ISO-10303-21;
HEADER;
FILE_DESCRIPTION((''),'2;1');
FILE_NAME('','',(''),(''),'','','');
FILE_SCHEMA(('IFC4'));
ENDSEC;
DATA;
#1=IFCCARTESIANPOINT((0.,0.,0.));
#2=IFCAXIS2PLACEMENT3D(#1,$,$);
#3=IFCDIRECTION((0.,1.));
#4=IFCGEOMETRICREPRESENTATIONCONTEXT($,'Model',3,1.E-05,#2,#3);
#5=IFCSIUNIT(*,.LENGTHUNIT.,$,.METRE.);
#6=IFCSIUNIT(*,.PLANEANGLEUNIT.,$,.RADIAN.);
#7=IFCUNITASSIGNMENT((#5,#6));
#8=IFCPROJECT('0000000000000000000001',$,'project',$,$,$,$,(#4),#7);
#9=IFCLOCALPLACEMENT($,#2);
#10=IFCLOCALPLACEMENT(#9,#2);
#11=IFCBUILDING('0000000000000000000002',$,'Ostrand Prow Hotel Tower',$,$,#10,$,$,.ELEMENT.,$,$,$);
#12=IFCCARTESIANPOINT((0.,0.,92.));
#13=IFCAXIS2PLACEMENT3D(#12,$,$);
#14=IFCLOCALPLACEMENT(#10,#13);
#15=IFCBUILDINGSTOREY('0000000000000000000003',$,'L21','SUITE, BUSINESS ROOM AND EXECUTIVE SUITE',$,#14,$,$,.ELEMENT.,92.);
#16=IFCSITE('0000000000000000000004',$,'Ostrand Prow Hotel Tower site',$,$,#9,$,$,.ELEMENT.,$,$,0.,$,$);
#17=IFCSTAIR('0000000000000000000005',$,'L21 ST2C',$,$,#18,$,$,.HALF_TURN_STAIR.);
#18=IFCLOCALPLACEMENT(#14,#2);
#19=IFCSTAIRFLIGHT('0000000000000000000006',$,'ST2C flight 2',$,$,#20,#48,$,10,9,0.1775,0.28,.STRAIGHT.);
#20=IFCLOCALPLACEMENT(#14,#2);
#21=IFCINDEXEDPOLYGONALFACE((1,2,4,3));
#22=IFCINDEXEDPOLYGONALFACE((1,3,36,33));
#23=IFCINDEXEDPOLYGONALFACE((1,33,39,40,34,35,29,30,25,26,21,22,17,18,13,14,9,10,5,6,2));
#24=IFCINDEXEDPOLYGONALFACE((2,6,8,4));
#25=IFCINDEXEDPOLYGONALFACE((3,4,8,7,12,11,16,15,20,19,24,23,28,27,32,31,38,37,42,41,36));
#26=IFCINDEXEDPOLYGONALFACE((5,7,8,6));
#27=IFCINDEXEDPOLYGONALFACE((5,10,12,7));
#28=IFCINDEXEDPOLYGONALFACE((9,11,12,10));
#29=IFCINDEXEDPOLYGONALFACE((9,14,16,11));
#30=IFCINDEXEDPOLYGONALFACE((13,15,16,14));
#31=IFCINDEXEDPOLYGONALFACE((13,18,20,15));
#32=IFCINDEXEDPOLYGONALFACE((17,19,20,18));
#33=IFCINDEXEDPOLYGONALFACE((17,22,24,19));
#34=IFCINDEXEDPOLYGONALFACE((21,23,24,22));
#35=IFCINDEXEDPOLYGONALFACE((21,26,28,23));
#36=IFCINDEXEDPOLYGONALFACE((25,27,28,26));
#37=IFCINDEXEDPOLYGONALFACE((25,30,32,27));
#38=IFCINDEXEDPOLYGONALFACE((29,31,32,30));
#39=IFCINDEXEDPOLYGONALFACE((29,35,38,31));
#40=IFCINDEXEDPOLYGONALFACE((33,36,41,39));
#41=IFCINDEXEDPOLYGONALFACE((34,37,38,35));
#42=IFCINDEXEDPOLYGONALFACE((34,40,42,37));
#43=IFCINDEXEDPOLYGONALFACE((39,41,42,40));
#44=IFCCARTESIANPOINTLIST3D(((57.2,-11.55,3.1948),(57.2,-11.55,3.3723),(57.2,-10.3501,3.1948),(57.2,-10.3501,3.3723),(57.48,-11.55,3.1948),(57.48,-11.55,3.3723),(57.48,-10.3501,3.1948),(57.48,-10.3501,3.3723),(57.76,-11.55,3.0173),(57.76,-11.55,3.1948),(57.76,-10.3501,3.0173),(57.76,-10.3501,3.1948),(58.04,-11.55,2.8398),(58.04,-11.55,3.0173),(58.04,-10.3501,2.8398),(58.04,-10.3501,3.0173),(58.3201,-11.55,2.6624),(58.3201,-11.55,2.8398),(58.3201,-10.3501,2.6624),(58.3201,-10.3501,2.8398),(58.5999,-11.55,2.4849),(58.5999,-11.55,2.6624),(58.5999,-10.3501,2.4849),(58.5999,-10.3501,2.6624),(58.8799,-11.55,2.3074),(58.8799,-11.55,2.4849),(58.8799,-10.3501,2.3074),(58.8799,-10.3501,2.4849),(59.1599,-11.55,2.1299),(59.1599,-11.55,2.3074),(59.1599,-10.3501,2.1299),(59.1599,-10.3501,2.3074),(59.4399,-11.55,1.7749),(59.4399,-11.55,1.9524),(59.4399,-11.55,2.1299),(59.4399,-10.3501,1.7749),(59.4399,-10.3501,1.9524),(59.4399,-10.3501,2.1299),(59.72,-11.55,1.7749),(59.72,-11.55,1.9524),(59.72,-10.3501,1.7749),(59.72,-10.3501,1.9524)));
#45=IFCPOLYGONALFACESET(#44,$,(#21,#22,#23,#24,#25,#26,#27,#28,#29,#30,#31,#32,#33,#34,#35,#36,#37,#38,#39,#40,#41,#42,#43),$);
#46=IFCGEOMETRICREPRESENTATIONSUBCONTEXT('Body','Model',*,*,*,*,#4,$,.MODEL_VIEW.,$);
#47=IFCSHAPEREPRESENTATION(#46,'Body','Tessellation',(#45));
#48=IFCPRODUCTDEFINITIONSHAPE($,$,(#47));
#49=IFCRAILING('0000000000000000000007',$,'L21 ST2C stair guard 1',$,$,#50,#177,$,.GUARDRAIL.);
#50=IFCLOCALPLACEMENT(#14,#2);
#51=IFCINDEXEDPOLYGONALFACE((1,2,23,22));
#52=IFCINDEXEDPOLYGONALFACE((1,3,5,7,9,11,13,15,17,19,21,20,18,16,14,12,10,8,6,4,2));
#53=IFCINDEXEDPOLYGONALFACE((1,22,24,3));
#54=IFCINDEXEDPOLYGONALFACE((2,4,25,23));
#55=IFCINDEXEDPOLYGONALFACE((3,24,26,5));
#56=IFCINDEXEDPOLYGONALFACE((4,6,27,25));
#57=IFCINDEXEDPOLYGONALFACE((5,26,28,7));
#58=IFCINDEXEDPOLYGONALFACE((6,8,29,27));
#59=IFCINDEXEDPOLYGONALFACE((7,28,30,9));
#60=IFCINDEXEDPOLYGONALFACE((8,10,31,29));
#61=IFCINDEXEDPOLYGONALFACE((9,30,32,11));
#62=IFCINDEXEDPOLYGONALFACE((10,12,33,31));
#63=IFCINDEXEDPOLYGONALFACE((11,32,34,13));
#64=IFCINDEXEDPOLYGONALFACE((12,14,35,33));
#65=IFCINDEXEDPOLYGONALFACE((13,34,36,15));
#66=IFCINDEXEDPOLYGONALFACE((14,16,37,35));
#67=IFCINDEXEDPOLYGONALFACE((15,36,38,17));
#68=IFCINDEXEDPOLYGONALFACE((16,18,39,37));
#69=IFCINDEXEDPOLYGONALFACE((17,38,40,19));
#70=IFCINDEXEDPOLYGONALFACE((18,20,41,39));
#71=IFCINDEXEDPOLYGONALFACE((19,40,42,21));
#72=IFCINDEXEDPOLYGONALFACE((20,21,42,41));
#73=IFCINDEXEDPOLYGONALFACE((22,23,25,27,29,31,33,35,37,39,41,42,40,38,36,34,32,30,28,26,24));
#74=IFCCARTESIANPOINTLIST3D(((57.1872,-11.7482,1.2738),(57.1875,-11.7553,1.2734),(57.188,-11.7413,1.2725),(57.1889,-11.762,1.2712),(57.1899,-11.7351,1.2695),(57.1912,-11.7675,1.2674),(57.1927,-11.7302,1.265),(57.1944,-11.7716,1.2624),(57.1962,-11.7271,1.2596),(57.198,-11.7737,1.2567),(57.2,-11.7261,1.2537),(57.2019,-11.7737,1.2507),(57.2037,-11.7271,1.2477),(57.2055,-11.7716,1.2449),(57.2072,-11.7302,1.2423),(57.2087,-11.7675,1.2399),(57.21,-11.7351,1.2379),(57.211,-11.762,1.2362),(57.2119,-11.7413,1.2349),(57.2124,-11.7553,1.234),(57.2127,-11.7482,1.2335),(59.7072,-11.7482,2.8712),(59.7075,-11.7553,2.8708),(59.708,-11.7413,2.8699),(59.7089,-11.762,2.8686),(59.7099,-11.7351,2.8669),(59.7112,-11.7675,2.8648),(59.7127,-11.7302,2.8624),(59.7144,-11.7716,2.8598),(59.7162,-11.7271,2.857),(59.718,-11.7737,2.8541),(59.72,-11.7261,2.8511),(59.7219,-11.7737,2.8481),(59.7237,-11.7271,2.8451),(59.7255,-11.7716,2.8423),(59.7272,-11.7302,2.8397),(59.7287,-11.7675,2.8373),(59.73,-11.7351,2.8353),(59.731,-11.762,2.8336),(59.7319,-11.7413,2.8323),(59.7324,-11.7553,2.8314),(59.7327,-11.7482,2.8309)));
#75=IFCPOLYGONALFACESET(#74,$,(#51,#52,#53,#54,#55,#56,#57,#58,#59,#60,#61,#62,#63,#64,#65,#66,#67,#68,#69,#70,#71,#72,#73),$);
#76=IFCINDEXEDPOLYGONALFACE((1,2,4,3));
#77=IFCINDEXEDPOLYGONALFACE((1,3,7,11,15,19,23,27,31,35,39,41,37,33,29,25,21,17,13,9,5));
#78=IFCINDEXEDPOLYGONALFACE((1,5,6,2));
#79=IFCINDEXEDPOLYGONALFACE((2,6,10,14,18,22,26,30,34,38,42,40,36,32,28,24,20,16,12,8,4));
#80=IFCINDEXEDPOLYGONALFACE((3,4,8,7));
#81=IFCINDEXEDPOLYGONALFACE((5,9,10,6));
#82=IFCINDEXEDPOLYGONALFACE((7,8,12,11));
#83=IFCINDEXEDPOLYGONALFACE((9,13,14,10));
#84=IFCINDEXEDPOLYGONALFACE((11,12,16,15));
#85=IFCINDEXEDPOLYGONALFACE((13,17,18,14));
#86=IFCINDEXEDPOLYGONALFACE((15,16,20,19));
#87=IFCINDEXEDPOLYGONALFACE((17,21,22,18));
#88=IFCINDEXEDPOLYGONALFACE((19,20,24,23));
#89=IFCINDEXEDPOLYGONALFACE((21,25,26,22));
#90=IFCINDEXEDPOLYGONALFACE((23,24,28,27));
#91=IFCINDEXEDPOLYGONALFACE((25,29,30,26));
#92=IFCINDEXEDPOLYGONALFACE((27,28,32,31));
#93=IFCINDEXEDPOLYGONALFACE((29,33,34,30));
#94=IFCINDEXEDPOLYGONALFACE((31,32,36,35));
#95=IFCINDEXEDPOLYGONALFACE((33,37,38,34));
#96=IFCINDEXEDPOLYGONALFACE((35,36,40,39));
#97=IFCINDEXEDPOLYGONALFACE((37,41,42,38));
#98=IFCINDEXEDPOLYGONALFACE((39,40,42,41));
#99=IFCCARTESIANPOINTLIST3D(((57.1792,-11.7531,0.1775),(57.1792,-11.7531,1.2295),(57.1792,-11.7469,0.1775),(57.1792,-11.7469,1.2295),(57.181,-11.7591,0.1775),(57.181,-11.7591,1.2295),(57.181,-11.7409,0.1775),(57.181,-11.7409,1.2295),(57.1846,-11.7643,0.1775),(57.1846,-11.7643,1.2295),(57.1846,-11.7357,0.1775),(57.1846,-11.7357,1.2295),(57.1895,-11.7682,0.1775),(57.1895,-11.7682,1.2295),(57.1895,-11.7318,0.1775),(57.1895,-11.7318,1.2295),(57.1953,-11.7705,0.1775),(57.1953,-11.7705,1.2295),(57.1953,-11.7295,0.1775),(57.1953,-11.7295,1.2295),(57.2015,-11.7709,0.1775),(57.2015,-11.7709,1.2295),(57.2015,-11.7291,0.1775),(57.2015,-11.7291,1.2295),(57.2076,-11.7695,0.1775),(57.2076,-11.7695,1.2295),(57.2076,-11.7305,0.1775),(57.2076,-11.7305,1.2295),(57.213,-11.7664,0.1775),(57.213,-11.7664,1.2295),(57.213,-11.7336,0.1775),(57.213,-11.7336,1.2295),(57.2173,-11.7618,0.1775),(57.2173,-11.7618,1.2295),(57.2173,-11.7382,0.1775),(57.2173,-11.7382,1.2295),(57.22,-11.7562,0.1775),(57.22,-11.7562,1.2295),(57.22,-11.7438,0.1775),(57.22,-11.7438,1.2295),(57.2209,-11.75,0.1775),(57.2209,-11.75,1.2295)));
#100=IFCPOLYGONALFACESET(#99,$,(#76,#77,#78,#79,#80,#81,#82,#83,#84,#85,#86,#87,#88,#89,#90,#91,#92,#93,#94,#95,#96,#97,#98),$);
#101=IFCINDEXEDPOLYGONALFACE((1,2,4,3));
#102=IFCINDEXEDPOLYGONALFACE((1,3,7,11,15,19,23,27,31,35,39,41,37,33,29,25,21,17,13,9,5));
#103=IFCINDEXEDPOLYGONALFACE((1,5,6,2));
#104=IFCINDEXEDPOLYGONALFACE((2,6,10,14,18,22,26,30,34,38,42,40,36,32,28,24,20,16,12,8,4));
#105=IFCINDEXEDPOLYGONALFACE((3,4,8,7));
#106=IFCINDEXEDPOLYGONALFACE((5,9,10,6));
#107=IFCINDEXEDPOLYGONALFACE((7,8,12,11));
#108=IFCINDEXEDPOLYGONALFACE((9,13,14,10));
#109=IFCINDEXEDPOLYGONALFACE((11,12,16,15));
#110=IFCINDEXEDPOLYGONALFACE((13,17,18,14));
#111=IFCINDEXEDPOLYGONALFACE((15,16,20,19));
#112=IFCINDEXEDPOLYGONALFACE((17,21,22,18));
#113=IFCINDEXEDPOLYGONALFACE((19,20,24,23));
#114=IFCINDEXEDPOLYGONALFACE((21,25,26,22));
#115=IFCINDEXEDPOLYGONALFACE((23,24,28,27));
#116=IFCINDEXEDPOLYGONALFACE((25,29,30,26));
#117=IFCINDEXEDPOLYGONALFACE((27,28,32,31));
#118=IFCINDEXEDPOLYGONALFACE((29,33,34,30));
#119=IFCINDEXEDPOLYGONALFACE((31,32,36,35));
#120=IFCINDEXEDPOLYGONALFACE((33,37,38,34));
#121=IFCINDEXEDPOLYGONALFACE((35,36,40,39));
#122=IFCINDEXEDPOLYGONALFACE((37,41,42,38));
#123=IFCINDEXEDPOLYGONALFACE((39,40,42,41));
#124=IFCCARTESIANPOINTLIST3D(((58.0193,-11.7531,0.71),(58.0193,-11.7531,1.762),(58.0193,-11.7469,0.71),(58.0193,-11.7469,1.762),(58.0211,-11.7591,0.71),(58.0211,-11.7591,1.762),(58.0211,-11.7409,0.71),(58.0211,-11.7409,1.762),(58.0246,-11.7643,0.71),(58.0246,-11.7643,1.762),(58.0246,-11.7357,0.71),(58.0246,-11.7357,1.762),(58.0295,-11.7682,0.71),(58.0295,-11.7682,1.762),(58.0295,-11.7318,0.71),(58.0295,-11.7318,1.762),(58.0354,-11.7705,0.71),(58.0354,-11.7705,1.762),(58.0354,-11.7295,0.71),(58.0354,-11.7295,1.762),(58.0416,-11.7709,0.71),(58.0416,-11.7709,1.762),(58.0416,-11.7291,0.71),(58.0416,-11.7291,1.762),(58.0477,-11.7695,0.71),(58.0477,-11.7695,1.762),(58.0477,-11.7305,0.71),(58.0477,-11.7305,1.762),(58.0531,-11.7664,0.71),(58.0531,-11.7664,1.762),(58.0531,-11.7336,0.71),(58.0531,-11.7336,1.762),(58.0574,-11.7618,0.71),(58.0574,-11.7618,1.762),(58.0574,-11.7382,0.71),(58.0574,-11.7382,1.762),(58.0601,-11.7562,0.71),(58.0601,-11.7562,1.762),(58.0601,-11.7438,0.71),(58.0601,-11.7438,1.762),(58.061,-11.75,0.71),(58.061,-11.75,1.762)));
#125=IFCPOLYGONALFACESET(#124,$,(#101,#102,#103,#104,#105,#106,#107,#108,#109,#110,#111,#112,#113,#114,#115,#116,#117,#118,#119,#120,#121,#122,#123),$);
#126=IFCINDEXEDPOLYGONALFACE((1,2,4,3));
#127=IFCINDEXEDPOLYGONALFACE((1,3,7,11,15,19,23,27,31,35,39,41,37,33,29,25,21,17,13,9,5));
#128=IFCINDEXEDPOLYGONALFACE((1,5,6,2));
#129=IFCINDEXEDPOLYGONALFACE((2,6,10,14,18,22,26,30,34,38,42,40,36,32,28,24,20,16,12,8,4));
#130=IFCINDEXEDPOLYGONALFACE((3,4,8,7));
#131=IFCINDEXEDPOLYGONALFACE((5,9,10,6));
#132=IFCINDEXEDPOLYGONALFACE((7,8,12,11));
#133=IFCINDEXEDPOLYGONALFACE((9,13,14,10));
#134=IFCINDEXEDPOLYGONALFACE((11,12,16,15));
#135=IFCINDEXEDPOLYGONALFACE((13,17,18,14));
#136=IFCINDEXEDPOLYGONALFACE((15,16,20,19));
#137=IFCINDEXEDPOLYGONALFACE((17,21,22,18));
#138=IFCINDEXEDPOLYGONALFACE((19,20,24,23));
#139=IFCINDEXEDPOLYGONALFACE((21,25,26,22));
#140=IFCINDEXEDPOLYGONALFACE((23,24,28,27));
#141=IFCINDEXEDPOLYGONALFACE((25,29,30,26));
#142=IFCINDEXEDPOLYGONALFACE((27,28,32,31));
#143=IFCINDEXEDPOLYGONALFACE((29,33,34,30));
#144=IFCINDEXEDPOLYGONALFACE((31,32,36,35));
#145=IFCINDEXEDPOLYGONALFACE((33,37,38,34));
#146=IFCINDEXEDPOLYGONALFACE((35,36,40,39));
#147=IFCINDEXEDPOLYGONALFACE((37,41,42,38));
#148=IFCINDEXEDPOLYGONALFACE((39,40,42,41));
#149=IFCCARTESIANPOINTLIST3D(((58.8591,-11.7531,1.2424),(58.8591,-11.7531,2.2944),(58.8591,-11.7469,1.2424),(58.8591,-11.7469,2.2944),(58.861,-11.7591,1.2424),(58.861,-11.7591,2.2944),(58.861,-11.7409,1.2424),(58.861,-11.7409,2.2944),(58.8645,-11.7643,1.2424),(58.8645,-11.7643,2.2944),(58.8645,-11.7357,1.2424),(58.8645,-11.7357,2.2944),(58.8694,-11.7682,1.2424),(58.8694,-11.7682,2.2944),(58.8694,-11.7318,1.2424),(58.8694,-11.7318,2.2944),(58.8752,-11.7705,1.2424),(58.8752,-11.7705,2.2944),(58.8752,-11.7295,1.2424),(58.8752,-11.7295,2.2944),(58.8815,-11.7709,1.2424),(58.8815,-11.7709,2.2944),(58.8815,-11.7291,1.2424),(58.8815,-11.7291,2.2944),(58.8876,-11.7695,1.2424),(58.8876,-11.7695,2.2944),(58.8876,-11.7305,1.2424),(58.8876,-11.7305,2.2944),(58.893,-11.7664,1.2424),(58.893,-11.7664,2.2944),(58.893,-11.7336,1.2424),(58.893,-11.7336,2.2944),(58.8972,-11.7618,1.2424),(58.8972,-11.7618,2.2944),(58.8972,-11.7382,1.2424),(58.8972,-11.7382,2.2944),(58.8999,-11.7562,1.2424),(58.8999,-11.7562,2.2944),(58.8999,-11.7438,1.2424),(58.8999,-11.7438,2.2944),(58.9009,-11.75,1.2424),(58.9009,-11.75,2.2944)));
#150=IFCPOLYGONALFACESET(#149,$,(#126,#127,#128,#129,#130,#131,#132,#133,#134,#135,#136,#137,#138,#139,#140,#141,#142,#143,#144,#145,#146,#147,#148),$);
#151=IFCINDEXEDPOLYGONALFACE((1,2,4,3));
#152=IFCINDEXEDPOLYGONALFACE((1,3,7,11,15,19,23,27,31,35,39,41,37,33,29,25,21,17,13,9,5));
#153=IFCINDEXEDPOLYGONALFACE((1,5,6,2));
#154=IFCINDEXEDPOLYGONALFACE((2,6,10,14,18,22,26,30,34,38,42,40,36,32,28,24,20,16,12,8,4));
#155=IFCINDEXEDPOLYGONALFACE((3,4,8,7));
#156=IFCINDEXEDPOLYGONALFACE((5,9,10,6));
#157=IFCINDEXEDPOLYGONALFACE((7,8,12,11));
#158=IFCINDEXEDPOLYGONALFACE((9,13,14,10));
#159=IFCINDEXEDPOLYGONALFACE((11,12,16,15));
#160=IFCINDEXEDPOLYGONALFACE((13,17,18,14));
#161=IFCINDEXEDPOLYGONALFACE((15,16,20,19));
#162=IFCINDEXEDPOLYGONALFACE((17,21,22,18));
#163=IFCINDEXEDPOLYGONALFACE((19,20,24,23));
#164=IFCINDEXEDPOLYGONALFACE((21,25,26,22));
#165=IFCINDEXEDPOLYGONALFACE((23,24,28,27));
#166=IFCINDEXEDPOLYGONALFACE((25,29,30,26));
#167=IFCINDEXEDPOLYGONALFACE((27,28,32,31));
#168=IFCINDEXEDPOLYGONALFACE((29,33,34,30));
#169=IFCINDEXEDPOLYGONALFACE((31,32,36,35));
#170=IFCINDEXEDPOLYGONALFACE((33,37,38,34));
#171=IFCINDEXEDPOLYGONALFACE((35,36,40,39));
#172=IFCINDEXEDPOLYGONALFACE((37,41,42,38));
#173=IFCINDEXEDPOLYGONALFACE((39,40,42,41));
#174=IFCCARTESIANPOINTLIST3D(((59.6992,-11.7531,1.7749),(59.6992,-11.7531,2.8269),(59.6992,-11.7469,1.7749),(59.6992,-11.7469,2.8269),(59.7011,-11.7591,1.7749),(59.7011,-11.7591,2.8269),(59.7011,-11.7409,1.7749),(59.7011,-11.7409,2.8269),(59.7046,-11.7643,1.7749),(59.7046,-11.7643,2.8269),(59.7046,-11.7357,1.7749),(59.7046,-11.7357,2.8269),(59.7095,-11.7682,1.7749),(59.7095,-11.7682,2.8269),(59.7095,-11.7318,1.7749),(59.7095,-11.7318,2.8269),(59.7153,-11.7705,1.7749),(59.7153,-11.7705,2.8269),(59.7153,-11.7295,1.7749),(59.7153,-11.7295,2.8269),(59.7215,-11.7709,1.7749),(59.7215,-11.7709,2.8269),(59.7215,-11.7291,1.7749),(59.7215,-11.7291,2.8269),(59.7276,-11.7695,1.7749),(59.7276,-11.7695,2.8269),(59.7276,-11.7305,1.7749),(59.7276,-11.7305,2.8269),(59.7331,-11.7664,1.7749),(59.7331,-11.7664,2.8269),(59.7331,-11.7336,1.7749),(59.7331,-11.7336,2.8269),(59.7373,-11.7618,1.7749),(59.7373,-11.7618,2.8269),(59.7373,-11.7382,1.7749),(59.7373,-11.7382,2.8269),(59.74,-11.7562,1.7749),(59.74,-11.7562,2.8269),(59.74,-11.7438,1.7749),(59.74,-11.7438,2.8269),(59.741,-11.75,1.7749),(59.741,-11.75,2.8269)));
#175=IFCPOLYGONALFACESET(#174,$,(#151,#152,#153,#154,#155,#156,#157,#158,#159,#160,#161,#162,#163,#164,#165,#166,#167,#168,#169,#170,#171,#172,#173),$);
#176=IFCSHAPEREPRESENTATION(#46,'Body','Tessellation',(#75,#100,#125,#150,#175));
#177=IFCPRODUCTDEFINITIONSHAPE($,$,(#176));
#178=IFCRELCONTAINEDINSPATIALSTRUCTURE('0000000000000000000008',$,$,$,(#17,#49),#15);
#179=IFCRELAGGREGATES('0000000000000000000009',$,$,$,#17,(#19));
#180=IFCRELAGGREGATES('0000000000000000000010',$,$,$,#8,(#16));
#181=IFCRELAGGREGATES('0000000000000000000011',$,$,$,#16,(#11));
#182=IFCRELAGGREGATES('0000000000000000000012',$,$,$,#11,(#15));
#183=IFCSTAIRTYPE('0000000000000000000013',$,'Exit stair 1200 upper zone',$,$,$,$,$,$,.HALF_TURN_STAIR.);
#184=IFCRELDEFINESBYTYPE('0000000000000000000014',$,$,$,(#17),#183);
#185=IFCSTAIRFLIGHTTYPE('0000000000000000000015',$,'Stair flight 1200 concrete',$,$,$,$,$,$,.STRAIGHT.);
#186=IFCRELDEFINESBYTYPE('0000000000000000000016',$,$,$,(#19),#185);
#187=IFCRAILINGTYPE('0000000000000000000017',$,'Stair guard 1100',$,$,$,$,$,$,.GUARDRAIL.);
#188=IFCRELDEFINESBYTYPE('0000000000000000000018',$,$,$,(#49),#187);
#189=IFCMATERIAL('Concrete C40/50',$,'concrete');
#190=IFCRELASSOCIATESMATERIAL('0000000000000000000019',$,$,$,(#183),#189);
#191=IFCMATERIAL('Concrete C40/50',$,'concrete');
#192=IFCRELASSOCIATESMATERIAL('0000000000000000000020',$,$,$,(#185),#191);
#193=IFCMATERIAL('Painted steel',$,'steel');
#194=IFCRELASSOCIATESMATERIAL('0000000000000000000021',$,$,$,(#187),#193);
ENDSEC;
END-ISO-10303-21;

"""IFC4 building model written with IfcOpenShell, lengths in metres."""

from ifc_helpers import new_model, si_unit, direction, frame, origin, origin_2d, place, context, subcontext, project, spatial, polyline, circle, outline, extrude, material, type_object, element, aggregate, save


model = new_model("IFC4")

# Units and contexts
model_context = context("Model", 3, precision=1e-05, world=origin(), true_north=direction((0.0, 1.0)))
body_context = subcontext(model_context, "Body", "Model", "MODEL_VIEW")
ifc_project = project(units=[si_unit("LENGTHUNIT", "METRE"), si_unit("PLANEANGLEUNIT", "RADIAN")], contexts=[model_context])

# Site, building, storey
site_placement = place(None, origin())
site = spatial("IfcSite", under=ifc_project, at=site_placement, Name="Ostrand Prow Hotel Tower site", CompositionType="ELEMENT", RefElevation=0.0)
building_placement = place(site_placement, origin())
building = spatial("IfcBuilding", under=site, at=building_placement, Name="Ostrand Prow Hotel Tower", CompositionType="ELEMENT")
storey_placement = place(building_placement, frame((0.0, 0.0, 92.0)))
storey = spatial("IfcBuildingStorey", under=building, at=storey_placement, Name="L21", Description="SUITE, BUSINESS ROOM AND EXECUTIVE SUITE", CompositionType="ELEMENT", Elevation=92.0)

# Stair, stair flight
ifc_material_1 = material(Name="Concrete C40/50", Category="concrete")
stair_type = type_object("IfcStairType", Name="Exit stair 1200 upper zone", PredefinedType="HALF_TURN_STAIR", material=ifc_material_1)
stair_placement = place(storey_placement, origin())
stair = element("IfcStair", 1, at=stair_placement, inside=storey, type_object=stair_type, Name="L21 ST2C", PredefinedType="HALF_TURN_STAIR")
ifc_material_2 = material(Name="Concrete C40/50", Category="concrete")
stair_flight_type = type_object("IfcStairFlightType", Name="Stair flight 1200 concrete", PredefinedType="STRAIGHT", material=ifc_material_2)
stair_flight_1_placement = place(storey_placement, frame((59.72, -10.95, 1.7749), z_axis=(0.0, 0.0, 1.0), x_axis=(-1.0, 0.0, 0.0)))
stair_flight_1 = element("IfcStairFlight", 2, at=stair_flight_1_placement, type_object=stair_flight_type, Name="ST2C flight 2", NumberOfRisers=10, NumberOfTreads=9, PredefinedType="STRAIGHT", RiserHeight=0.1775, TreadLength=0.28, context=body_context, shape_type="SweptSolid", body=[
    extrude(outline(polyline([(0.0, 0.0), (0.0, 0.1775), (0.28, 0.1775), (0.28, 0.355), (0.5601, 0.355), (0.5601, 0.5325), (0.8401, 0.5325), (0.8401, 0.71), (1.1201, 0.71), (1.1201, 0.8875), (1.3999, 0.8875), (1.3999, 1.0649), (1.6799, 1.0649), (1.6799, 1.2424), (1.96, 1.2424), (1.96, 1.4199), (2.24, 1.4199), (2.24, 1.5974), (2.52, 1.5974), (2.52, 1.7749), (2.52, 1.4199), (0.28, 0.0), (0.0, 0.0)])), frame((0.0, 0.6001, 0.0), z_axis=(0.0, -1.0, 0.0), x_axis=(1.0, 0.0, 0.0)), (0.0, 0.0, 1.0), 1.2),
])
aggregate(stair, [stair_flight_1])

# Railing
ifc_material_3 = material(Name="Painted steel", Category="steel")
railing_type_1 = type_object("IfcRailingType", Name="Stair guard 1100", PredefinedType="GUARDRAIL", material=ifc_material_3)
railing_1_placement = place(storey_placement, frame((57.2, -11.75, 0.1775)))
element("IfcRailing", 3, at=railing_1_placement, inside=storey, type_object=railing_type_1, Name="L21 ST2C stair guard 1", PredefinedType="GUARDRAIL", context=body_context, shape_type="SweptSolid", body=[
    extrude(circle(Radius=0.0239, at=origin_2d()), frame((0.0, 0.0, 1.0762), z_axis=(0.844607, 0.0, 0.535387), x_axis=(0.0, 1.0, 0.0)), (0.0, 0.0, 1.0), 2.9836),
    extrude(circle(Radius=0.021, at=origin_2d()), origin(), (0.0, 0.0, 1.0), 1.052),
    extrude(circle(Radius=0.021, at=origin_2d()), frame((0.8401, 0.0, 0.5325)), (0.0, 0.0, 1.0), 1.052),
    extrude(circle(Radius=0.021, at=origin_2d()), frame((1.6799, 0.0, 1.0649)), (0.0, 0.0, 1.0), 1.052),
    extrude(circle(Radius=0.021, at=origin_2d()), frame((2.52, 0.0, 1.5974)), (0.0, 0.0, 1.0), 1.052),
])

save(model, "model.ifc")
